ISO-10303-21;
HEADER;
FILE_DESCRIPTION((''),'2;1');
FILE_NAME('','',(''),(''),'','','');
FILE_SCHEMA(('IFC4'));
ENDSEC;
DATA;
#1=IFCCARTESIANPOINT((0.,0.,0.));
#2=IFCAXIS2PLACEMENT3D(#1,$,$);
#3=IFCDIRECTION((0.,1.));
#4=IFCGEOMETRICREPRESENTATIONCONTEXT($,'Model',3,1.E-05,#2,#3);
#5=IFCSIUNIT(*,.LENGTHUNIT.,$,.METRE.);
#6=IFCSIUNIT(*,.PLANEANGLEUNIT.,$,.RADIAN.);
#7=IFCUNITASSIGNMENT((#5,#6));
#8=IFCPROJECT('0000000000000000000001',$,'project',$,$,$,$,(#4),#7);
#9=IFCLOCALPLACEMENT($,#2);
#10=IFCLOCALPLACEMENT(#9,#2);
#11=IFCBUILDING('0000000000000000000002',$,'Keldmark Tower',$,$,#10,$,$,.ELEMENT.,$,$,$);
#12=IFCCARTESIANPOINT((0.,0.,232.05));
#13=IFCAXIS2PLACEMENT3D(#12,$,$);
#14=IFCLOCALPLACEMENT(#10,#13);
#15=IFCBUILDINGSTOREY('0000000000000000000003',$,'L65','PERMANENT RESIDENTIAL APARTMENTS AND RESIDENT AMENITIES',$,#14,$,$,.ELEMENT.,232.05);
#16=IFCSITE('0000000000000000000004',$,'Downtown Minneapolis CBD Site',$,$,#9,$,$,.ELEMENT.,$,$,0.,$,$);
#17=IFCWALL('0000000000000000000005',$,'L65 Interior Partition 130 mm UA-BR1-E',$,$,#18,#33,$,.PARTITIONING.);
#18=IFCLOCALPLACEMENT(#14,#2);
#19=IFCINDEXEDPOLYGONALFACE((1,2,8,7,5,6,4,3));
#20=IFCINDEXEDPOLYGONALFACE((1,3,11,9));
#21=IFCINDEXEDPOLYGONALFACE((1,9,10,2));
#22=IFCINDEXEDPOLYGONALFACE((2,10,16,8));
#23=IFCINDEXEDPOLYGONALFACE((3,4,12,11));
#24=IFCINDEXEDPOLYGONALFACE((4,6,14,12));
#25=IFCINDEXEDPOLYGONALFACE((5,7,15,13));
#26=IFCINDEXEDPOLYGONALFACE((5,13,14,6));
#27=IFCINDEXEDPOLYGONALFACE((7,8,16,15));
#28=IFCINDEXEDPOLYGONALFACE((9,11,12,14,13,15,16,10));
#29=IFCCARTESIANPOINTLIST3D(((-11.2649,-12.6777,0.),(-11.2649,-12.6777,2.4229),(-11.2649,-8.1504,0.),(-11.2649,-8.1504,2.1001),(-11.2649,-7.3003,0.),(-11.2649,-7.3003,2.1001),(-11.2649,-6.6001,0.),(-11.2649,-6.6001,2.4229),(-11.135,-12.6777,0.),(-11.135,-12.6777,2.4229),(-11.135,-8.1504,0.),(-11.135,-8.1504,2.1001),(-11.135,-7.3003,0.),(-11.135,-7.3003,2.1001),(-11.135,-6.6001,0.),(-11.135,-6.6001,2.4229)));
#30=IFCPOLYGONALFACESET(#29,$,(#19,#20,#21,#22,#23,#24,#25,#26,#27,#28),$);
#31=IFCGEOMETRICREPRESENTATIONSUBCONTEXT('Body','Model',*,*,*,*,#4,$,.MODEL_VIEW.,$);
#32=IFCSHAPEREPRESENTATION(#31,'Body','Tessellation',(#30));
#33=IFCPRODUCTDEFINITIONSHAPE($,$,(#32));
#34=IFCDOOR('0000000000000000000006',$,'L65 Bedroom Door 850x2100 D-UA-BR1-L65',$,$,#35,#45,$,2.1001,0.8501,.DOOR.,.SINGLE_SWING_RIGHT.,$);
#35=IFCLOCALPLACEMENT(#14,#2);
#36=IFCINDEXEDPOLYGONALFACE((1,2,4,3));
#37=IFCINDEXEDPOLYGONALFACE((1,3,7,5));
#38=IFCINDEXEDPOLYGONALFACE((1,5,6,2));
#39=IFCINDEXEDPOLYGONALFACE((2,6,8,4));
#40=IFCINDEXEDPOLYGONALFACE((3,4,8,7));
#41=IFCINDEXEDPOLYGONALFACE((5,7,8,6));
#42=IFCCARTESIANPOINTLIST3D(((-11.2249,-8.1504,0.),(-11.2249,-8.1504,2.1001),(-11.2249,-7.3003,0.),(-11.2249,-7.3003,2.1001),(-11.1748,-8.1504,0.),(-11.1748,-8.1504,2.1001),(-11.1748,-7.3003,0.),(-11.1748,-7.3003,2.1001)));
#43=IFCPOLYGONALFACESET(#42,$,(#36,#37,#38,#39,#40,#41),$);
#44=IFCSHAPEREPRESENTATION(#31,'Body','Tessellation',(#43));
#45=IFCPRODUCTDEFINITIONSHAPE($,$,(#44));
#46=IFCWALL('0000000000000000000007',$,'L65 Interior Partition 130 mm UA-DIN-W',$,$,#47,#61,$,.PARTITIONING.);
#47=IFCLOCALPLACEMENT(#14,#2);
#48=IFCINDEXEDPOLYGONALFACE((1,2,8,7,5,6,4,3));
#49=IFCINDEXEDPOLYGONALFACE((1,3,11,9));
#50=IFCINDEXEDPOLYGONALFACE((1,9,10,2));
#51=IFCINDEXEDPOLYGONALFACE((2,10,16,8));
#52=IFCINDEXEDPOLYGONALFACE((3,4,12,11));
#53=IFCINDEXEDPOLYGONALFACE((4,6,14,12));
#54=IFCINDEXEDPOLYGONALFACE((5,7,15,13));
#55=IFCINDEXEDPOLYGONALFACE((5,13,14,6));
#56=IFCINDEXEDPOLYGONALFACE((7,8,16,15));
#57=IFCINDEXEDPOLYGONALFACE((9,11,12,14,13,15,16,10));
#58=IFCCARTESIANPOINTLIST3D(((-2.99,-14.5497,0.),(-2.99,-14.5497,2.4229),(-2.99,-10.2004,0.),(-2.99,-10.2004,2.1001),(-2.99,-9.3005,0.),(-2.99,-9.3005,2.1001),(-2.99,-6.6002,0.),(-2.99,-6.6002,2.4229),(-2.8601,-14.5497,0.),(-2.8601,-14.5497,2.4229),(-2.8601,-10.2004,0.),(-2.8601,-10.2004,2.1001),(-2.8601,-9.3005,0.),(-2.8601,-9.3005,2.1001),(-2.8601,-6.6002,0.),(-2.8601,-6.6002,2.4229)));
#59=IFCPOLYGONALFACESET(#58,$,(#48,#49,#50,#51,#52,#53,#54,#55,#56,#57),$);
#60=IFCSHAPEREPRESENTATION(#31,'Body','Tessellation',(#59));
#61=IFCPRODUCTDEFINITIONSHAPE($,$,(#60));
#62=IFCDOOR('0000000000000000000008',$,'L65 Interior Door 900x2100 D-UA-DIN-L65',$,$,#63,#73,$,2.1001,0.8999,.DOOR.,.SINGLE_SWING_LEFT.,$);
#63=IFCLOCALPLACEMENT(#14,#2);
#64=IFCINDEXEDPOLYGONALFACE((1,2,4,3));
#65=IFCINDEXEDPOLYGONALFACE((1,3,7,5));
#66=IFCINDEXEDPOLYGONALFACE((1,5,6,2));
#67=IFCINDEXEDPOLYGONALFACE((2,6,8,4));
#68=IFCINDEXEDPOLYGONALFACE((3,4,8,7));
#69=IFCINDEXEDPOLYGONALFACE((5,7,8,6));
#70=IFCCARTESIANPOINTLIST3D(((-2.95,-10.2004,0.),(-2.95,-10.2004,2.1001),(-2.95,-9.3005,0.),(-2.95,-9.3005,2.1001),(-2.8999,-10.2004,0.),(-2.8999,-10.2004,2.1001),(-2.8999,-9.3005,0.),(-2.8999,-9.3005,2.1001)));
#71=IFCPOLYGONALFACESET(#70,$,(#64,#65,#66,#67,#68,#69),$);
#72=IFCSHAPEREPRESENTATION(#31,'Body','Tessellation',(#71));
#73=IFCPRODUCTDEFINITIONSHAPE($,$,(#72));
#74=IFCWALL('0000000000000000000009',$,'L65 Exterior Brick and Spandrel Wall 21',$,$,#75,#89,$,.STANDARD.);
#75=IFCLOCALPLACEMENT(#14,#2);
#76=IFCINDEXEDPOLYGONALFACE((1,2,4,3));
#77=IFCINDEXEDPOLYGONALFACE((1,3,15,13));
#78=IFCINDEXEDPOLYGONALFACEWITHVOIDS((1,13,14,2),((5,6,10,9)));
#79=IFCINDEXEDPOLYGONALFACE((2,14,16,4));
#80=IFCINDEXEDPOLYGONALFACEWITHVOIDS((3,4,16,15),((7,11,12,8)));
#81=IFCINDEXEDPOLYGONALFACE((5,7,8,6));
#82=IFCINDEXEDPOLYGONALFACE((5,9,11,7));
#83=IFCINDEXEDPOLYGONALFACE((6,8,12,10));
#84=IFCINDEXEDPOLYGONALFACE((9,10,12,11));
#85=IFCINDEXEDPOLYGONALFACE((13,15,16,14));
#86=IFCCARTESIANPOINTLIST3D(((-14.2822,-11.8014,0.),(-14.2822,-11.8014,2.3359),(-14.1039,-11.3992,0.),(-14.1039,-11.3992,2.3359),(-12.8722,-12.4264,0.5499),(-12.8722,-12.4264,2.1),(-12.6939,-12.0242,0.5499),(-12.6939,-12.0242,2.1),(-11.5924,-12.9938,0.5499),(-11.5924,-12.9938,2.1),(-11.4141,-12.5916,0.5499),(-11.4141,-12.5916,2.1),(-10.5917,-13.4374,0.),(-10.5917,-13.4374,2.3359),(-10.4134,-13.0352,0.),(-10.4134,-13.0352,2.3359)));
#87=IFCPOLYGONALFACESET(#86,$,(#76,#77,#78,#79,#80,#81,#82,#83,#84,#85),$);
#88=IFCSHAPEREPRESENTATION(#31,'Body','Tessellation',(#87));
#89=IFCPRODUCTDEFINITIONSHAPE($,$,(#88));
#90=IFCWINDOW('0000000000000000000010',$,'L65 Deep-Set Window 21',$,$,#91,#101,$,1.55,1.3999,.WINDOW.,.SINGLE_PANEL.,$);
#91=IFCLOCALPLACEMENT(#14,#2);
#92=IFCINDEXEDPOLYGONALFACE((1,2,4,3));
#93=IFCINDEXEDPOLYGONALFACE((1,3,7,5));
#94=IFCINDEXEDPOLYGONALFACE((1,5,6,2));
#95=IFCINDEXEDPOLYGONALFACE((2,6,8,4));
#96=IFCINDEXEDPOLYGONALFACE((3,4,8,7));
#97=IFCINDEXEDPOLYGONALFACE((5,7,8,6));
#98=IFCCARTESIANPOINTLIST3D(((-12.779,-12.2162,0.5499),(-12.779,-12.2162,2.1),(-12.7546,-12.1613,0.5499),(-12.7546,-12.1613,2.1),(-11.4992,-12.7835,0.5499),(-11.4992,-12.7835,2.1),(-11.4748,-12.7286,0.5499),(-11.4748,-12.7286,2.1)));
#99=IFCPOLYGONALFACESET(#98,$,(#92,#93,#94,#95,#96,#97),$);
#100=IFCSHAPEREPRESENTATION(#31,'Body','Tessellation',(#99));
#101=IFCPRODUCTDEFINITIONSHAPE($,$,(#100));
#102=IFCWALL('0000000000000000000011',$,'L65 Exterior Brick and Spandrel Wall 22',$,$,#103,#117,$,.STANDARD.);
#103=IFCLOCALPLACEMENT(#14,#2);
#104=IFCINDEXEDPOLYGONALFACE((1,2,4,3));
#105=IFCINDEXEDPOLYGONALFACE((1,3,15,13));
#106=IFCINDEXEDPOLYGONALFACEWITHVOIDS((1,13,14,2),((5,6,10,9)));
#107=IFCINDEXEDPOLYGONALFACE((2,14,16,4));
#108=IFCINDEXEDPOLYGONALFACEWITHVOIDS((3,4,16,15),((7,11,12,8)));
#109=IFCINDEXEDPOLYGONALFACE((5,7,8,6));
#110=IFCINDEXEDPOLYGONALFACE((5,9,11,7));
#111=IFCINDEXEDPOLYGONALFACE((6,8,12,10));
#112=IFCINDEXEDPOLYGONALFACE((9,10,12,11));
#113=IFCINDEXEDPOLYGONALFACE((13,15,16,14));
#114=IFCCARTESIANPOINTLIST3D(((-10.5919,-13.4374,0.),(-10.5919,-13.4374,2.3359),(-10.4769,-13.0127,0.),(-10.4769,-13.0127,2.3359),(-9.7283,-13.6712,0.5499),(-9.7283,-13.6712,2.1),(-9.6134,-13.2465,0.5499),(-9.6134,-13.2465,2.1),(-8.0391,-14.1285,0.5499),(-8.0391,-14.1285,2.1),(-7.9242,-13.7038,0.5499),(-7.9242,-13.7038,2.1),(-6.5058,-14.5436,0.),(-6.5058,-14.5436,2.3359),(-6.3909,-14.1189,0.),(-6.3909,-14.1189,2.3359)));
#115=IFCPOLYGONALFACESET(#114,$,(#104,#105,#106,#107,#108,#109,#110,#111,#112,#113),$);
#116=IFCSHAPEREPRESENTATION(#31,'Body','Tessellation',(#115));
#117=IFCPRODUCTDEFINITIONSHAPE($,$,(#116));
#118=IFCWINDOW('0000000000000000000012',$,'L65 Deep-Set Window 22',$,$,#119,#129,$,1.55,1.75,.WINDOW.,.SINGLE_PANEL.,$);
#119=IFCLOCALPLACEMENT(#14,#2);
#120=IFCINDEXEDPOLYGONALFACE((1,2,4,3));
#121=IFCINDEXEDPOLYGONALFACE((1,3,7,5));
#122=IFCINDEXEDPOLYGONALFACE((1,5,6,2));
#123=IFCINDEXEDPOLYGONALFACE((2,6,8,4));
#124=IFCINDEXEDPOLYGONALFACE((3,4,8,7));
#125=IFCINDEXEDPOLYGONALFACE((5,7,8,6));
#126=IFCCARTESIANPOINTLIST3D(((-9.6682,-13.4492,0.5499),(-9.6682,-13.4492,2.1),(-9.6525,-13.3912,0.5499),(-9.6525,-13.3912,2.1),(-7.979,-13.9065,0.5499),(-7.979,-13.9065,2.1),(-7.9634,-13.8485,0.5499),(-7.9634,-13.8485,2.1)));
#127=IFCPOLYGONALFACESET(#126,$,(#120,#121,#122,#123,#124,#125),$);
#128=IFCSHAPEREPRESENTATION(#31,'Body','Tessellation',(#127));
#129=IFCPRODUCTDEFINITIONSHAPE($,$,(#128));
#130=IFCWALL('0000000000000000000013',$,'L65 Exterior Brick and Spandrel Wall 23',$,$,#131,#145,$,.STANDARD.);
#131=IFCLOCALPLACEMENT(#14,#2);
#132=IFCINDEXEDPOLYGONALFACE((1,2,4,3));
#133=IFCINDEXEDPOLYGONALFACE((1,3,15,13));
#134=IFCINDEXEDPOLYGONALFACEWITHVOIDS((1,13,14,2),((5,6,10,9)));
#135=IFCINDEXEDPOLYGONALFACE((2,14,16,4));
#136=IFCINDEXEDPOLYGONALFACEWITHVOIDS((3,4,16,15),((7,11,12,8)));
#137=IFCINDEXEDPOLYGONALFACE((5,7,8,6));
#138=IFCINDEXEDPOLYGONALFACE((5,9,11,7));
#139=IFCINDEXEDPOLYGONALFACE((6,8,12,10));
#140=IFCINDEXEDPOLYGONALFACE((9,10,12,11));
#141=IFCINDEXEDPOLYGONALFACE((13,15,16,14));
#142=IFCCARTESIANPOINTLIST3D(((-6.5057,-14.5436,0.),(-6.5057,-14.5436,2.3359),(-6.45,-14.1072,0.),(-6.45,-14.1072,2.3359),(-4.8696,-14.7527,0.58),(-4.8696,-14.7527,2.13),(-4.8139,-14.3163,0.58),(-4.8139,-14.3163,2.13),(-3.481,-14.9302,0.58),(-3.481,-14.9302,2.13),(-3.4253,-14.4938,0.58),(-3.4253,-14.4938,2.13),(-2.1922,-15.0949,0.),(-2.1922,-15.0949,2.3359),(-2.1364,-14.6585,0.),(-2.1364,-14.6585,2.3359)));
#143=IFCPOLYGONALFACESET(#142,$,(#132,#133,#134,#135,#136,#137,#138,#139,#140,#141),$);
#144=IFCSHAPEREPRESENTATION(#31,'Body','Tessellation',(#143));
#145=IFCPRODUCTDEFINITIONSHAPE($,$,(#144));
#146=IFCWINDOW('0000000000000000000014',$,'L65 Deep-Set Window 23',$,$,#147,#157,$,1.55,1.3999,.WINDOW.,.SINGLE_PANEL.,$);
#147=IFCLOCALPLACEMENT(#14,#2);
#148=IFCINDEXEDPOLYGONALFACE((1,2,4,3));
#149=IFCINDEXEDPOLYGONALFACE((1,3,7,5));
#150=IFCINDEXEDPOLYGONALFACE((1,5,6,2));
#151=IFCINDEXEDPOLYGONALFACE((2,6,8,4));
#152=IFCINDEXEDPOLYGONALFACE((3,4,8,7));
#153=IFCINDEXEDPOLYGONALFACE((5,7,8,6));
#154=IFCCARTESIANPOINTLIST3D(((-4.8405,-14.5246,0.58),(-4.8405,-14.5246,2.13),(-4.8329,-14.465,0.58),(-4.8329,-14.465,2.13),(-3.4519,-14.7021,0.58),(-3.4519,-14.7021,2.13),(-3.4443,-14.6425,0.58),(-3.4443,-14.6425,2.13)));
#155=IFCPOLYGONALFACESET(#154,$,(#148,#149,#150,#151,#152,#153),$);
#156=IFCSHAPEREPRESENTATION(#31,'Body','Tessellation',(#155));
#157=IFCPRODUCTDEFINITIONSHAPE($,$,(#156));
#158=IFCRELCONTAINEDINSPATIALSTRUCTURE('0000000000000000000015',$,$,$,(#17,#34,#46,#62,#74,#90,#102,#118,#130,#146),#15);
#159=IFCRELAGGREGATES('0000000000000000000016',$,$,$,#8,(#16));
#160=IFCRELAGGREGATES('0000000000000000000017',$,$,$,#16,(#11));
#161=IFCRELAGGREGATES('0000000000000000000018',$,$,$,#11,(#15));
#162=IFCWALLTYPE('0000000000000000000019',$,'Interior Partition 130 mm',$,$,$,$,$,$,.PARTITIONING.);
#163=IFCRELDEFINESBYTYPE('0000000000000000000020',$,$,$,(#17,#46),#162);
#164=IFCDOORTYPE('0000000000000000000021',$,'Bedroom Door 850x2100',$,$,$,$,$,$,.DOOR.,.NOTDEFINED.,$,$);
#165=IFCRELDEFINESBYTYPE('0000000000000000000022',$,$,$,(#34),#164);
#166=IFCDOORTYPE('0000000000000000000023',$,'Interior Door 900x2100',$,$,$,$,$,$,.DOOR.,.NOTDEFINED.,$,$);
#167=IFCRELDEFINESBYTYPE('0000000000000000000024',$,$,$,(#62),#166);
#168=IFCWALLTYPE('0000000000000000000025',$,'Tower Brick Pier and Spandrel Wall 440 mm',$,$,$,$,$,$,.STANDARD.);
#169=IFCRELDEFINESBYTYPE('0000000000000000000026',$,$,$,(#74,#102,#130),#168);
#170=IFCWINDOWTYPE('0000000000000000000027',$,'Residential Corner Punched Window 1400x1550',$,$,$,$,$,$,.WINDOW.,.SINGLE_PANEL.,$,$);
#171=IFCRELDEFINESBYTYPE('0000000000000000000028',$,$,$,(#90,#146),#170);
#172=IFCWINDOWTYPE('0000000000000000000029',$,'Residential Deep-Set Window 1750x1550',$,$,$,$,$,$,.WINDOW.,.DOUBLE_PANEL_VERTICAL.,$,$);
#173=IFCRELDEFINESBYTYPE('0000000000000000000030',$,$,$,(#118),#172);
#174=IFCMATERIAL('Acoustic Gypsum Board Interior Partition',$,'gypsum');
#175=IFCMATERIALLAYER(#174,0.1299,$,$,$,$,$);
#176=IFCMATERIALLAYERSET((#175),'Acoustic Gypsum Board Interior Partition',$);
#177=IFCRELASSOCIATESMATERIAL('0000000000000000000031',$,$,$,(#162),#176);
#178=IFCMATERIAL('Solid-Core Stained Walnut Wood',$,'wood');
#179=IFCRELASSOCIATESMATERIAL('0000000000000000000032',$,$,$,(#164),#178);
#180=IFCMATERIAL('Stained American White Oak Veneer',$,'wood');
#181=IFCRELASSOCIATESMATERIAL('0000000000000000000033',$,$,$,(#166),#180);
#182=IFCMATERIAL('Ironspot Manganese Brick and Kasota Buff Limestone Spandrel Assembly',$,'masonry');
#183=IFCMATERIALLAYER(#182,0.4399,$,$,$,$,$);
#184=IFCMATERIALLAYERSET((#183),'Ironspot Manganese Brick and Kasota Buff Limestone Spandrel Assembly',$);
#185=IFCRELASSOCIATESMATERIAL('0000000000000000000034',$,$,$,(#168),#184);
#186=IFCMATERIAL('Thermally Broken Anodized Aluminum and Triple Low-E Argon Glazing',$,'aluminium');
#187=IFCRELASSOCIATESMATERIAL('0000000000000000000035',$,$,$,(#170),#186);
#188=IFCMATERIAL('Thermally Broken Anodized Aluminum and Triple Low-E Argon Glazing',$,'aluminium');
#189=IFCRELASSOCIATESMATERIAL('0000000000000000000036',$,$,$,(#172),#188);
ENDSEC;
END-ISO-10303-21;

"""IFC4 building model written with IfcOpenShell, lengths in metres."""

from ifc_helpers import new_model, si_unit, direction, frame, frame_2d, origin, place, context, subcontext, project, spatial, rectangle, extrude, material, layer, layer_set, type_object, element, fill, save


model = new_model("IFC4")

# Units and contexts
model_context = context("Model", 3, precision=1e-05, world=origin(), true_north=direction((0.0, 1.0)))
body_context = subcontext(model_context, "Body", "Model", "MODEL_VIEW")
ifc_project = project(units=[si_unit("LENGTHUNIT", "METRE"), si_unit("PLANEANGLEUNIT", "RADIAN")], contexts=[model_context])

# Site, building, storey
site_placement = place(None, origin())
site = spatial("IfcSite", under=ifc_project, at=site_placement, Name="Downtown Minneapolis CBD Site", CompositionType="ELEMENT", RefElevation=0.0)
building_placement = place(site_placement, origin())
building = spatial("IfcBuilding", under=site, at=building_placement, Name="Keldmark Tower", CompositionType="ELEMENT")
storey_placement = place(building_placement, frame((0.0, 0.0, 232.05)))
storey = spatial("IfcBuildingStorey", under=building, at=storey_placement, Name="L65", Description="PERMANENT RESIDENTIAL APARTMENTS AND RESIDENT AMENITIES", CompositionType="ELEMENT", Elevation=232.05)

# Walls, openings, doors
ifc_material_1 = material(Name="Acoustic Gypsum Board Interior Partition", Category="gypsum")
ifc_layer_1 = layer(ifc_material_1, 0.1299)
ifc_layer_set_1 = layer_set([ifc_layer_1], Name="Acoustic Gypsum Board Interior Partition")
wall_type_1 = type_object("IfcWallType", Name="Interior Partition 130 mm", PredefinedType="PARTITIONING", material=ifc_layer_set_1)
wall_1_placement = place(storey_placement, frame((-11.2, -12.6777, 0.0), z_axis=(0.0, 0.0, 1.0), x_axis=(0.0, 1.0, 0.0)))
wall_1 = element("IfcWall", 1, at=wall_1_placement, inside=storey, type_object=wall_type_1, Name="L65 Interior Partition 130 mm UA-BR1-E", PredefinedType="PARTITIONING", context=body_context, shape_type="SweptSolid", body=[
    extrude(rectangle(XDim=6.0776, YDim=0.1299, at=frame_2d((3.0388, 0.0))), origin(), (0.0, 0.0, 1.0), 2.4229),
])
opening_1_placement = place(wall_1_placement, frame((4.5273, 0.0, 0.0)))
opening_1 = element("IfcOpeningElement", 2, at=opening_1_placement, cuts=wall_1, PredefinedType="OPENING", context=body_context, shape_type="SweptSolid", body=[
    extrude(rectangle(XDim=0.8501, YDim=2.1001, at=frame_2d((0.425, 1.05))), frame((0.0, 0.075, 0.0), z_axis=(0.0, -1.0, 0.0), x_axis=(1.0, 0.0, 0.0)), (0.0, 0.0, 1.0), 0.1499),
])
ifc_material_2 = material(Name="Solid-Core Stained Walnut Wood", Category="wood")
door_type_1 = type_object("IfcDoorType", Name="Bedroom Door 850x2100", OperationType="NOTDEFINED", PredefinedType="DOOR", material=ifc_material_2)
door_1_placement = place(opening_1_placement, origin())
door_1 = element("IfcDoor", 3, at=door_1_placement, inside=storey, type_object=door_type_1, Name="L65 Bedroom Door 850x2100 D-UA-BR1-L65", OperationType="SINGLE_SWING_RIGHT", OverallHeight=2.1001, OverallWidth=0.8501, PredefinedType="DOOR", context=body_context, shape_type="SweptSolid", body=[
    extrude(rectangle(XDim=0.8501, YDim=2.1001, at=frame_2d((0.425, 1.05))), frame((0.0, 0.0249, 0.0), z_axis=(0.0, -1.0, 0.0), x_axis=(1.0, 0.0, 0.0)), (0.0, 0.0, 1.0), 0.05),
])
fill(opening_1, door_1)
wall_2_placement = place(storey_placement, frame((-2.925, -14.5496, 0.0), z_axis=(0.0, 0.0, 1.0), x_axis=(0.0, 1.0, 0.0)))
wall_2 = element("IfcWall", 4, at=wall_2_placement, inside=storey, type_object=wall_type_1, Name="L65 Interior Partition 130 mm UA-DIN-W", PredefinedType="PARTITIONING", context=body_context, shape_type="SweptSolid", body=[
    extrude(rectangle(XDim=7.9495, YDim=0.1299, at=frame_2d((3.9746, 0.0))), origin(), (0.0, 0.0, 1.0), 2.4229),
])
opening_2_placement = place(wall_2_placement, frame((4.3491, 0.0, 0.0)))
opening_2 = element("IfcOpeningElement", 5, at=opening_2_placement, cuts=wall_2, PredefinedType="OPENING", context=body_context, shape_type="SweptSolid", body=[
    extrude(rectangle(XDim=0.8999, YDim=2.1001, at=frame_2d((0.45, 1.05))), frame((0.0, 0.075, 0.0), z_axis=(0.0, -1.0, 0.0), x_axis=(1.0, 0.0, 0.0)), (0.0, 0.0, 1.0), 0.1499),
])
ifc_material_3 = material(Name="Stained American White Oak Veneer", Category="wood")
door_type_2 = type_object("IfcDoorType", Name="Interior Door 900x2100", OperationType="NOTDEFINED", PredefinedType="DOOR", material=ifc_material_3)
door_2_placement = place(opening_2_placement, origin())
door_2 = element("IfcDoor", 6, at=door_2_placement, inside=storey, type_object=door_type_2, Name="L65 Interior Door 900x2100 D-UA-DIN-L65", OperationType="SINGLE_SWING_LEFT", OverallHeight=2.1001, OverallWidth=0.8999, PredefinedType="DOOR", context=body_context, shape_type="SweptSolid", body=[
    extrude(rectangle(XDim=0.8999, YDim=2.1001, at=frame_2d((0.45, 1.05))), frame((0.0, 0.0249, 0.0), z_axis=(0.0, -1.0, 0.0), x_axis=(1.0, 0.0, 0.0)), (0.0, 0.0, 1.0), 0.05),
])
fill(opening_2, door_2)

# Walls, openings, windows
ifc_material_4 = material(Name="Ironspot Manganese Brick and Kasota Buff Limestone Spandrel Assembly", Category="masonry")
ifc_layer_2 = layer(ifc_material_4, 0.4399)
ifc_layer_set_2 = layer_set([ifc_layer_2], Name="Ironspot Manganese Brick and Kasota Buff Limestone Spandrel Assembly")
wall_type_2 = type_object("IfcWallType", Name="Tower Brick Pier and Spandrel Wall 440 mm", PredefinedType="STANDARD", material=ifc_layer_set_2)
wall_3_placement = place(storey_placement, frame((-10.5024, -13.2363, 0.0), z_axis=(0.0, 0.0, 1.0), x_axis=(-0.914198, 0.405269, 0.0)))
wall_3 = element("IfcWall", 7, at=wall_3_placement, inside=storey, type_object=wall_type_2, Name="L65 Exterior Brick and Spandrel Wall 21", PredefinedType="STANDARD", context=body_context, shape_type="SweptSolid", body=[
    extrude(rectangle(XDim=4.0369, YDim=0.4399, at=frame_2d((2.0186, 0.0))), origin(), (0.0, 0.0, 1.0), 2.3359),
])
opening_3_placement = place(wall_3_placement, frame((1.0947, 0.0, 0.55)))
opening_3 = element("IfcOpeningElement", 8, at=opening_3_placement, cuts=wall_3, PredefinedType="OPENING", context=body_context, shape_type="SweptSolid", body=[
    extrude(rectangle(XDim=1.3999, YDim=1.55, at=frame_2d((0.7, 0.7749))), frame((0.0, 0.23, 0.0), z_axis=(0.0, -1.0, 0.0), x_axis=(1.0, 0.0, 0.0)), (0.0, 0.0, 1.0), 0.46),
])
ifc_material_5 = material(Name="Thermally Broken Anodized Aluminum and Triple Low-E Argon Glazing", Category="aluminium")
window_type_1 = type_object("IfcWindowType", Name="Residential Corner Punched Window 1400x1550", PartitioningType="SINGLE_PANEL", PredefinedType="WINDOW", material=ifc_material_5)
window_1_placement = place(opening_3_placement, origin())
window_1 = element("IfcWindow", 9, at=window_1_placement, inside=storey, type_object=window_type_1, Name="L65 Deep-Set Window 21", OverallHeight=1.55, OverallWidth=1.3999, PartitioningType="SINGLE_PANEL", PredefinedType="WINDOW", context=body_context, shape_type="SweptSolid", body=[
    extrude(rectangle(XDim=1.3999, YDim=1.55, at=frame_2d((0.7, 0.7749))), frame((0.0, -0.01, 0.0), z_axis=(0.0, -1.0, 0.0), x_axis=(1.0, 0.0, 0.0)), (0.0, 0.0, 1.0), 0.0601),
])
fill(opening_3, window_1)
wall_4_placement = place(storey_placement, frame((-6.4482, -14.3313, 0.0), z_axis=(0.0, 0.0, 1.0), x_axis=(-0.965251, 0.261326, 0.0)))
wall_4 = element("IfcWall", 10, at=wall_4_placement, inside=storey, type_object=wall_type_2, Name="L65 Exterior Brick and Spandrel Wall 22", PredefinedType="STANDARD", context=body_context, shape_type="SweptSolid", body=[
    extrude(rectangle(XDim=4.2332, YDim=0.4399, at=frame_2d((2.1167, 0.0))), origin(), (0.0, 0.0, 1.0), 2.3359),
])
opening_4_placement = place(wall_4_placement, frame((1.5886, 0.0, 0.55)))
opening_4 = element("IfcOpeningElement", 11, at=opening_4_placement, cuts=wall_4, PredefinedType="OPENING", context=body_context, shape_type="SweptSolid", body=[
    extrude(rectangle(XDim=1.75, YDim=1.55, at=frame_2d((0.875, 0.7749))), frame((0.0, 0.23, 0.0), z_axis=(0.0, -1.0, 0.0), x_axis=(1.0, 0.0, 0.0)), (0.0, 0.0, 1.0), 0.46),
])
ifc_material_6 = material(Name="Thermally Broken Anodized Aluminum and Triple Low-E Argon Glazing", Category="aluminium")
window_type_2 = type_object("IfcWindowType", Name="Residential Deep-Set Window 1750x1550", PartitioningType="DOUBLE_PANEL_VERTICAL", PredefinedType="WINDOW", material=ifc_material_6)
window_2_placement = place(opening_4_placement, origin())
window_2 = element("IfcWindow", 12, at=window_2_placement, inside=storey, type_object=window_type_2, Name="L65 Deep-Set Window 22", OverallHeight=1.55, OverallWidth=1.75, PartitioningType="SINGLE_PANEL", PredefinedType="WINDOW", context=body_context, shape_type="SweptSolid", body=[
    extrude(rectangle(XDim=1.75, YDim=1.55, at=frame_2d((0.875, 0.7749))), frame((0.0, -0.01, 0.0), z_axis=(0.0, -1.0, 0.0), x_axis=(1.0, 0.0, 0.0)), (0.0, 0.0, 1.0), 0.0601),
])
fill(opening_4, window_2)
wall_5_placement = place(storey_placement, frame((-2.1643, -14.8767, 0.0), z_axis=(0.0, 0.0, 1.0), x_axis=(-0.991932, 0.126771, 0.0)))
wall_5 = element("IfcWall", 13, at=wall_5_placement, inside=storey, type_object=wall_type_2, Name="L65 Exterior Brick and Spandrel Wall 23", PredefinedType="STANDARD", context=body_context, shape_type="SweptSolid", body=[
    extrude(rectangle(XDim=4.3486, YDim=0.4399, at=frame_2d((2.1743, 0.0))), origin(), (0.0, 0.0, 1.0), 2.3359),
])
opening_5_placement = place(wall_5_placement, frame((1.2993, 0.0, 0.5801)))
opening_5 = element("IfcOpeningElement", 14, at=opening_5_placement, cuts=wall_5, PredefinedType="OPENING", context=body_context, shape_type="SweptSolid", body=[
    extrude(rectangle(XDim=1.3999, YDim=1.55, at=frame_2d((0.7, 0.7749))), frame((0.0, 0.23, 0.0), z_axis=(0.0, -1.0, 0.0), x_axis=(1.0, 0.0, 0.0)), (0.0, 0.0, 1.0), 0.46),
])
window_3_placement = place(opening_5_placement, origin())
window_3 = element("IfcWindow", 15, at=window_3_placement, inside=storey, type_object=window_type_1, Name="L65 Deep-Set Window 23", OverallHeight=1.55, OverallWidth=1.3999, PartitioningType="SINGLE_PANEL", PredefinedType="WINDOW", context=body_context, shape_type="SweptSolid", body=[
    extrude(rectangle(XDim=1.3999, YDim=1.55, at=frame_2d((0.7, 0.7749))), frame((0.0, -0.01, 0.0), z_axis=(0.0, -1.0, 0.0), x_axis=(1.0, 0.0, 0.0)), (0.0, 0.0, 1.0), 0.0601),
])
fill(opening_5, window_3)

save(model, "model.ifc")
